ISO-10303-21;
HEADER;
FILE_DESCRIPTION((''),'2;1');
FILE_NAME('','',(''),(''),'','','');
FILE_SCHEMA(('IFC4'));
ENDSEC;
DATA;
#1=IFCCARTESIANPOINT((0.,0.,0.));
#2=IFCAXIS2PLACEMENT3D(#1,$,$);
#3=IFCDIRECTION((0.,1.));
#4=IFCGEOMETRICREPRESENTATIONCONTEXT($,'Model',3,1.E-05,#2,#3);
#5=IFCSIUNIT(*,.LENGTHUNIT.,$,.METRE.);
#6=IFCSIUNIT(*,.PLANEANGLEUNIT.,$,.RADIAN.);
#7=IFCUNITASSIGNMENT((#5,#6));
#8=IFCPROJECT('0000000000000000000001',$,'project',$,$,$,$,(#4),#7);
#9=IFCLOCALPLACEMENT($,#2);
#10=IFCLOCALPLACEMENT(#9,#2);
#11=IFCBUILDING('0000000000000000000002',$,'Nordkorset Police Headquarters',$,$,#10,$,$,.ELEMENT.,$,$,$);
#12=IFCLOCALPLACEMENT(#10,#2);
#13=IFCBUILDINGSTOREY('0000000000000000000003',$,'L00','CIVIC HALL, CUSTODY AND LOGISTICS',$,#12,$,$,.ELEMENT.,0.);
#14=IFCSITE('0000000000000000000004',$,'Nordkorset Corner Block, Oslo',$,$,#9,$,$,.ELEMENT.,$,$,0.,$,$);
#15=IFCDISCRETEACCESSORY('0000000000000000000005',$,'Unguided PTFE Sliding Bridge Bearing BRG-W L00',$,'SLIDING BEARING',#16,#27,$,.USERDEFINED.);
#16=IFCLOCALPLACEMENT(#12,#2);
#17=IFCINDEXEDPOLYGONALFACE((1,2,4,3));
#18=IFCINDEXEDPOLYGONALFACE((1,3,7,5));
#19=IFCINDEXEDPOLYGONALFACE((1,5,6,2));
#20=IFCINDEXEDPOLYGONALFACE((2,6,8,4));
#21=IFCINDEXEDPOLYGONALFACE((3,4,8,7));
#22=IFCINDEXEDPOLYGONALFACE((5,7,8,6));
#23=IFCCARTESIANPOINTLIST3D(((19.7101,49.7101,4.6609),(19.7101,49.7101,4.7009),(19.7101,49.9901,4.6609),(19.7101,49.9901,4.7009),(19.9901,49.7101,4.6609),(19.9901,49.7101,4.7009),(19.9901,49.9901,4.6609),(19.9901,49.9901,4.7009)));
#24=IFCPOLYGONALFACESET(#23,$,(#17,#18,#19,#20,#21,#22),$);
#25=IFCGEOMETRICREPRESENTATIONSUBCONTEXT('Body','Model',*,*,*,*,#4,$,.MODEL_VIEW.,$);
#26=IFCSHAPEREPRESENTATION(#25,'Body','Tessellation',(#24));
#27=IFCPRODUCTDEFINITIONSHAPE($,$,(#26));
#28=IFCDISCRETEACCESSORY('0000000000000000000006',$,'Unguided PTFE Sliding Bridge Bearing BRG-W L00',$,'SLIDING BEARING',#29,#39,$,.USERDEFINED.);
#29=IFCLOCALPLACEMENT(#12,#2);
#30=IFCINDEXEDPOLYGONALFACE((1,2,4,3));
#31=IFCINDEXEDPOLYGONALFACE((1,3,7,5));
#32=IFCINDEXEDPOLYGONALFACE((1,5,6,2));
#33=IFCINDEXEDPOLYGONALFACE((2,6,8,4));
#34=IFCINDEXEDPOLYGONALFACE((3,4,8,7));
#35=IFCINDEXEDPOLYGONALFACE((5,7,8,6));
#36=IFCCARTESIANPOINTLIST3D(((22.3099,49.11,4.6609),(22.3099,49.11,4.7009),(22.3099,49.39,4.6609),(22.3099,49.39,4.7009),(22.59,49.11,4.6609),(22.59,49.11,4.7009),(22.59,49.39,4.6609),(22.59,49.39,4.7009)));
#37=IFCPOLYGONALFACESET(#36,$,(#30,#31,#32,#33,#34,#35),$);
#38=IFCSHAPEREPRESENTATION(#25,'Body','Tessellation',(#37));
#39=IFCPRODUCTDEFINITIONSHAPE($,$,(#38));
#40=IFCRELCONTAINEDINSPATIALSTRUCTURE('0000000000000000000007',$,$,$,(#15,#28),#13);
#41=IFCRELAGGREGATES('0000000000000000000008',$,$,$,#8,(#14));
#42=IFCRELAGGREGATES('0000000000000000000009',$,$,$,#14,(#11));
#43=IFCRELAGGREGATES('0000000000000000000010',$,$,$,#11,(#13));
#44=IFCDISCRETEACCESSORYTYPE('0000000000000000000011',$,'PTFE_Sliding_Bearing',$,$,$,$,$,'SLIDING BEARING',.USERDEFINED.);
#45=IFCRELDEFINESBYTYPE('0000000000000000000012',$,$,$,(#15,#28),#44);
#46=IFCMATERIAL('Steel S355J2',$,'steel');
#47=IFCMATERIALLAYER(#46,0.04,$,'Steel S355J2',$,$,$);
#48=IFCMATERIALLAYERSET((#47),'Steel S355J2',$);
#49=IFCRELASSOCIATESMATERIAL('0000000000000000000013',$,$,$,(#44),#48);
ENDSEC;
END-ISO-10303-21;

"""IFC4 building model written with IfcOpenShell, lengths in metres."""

from ifc_helpers import new_model, si_unit, direction, frame, origin, origin_2d, place, context, subcontext, project, spatial, rectangle, extrude, material, layer, layer_set, type_object, element, save


model = new_model("IFC4")

# Units and contexts
model_context = context("Model", 3, precision=1e-05, world=origin(), true_north=direction((0.0, 1.0)))
body_context = subcontext(model_context, "Body", "Model", "MODEL_VIEW")
ifc_project = project(units=[si_unit("LENGTHUNIT", "METRE"), si_unit("PLANEANGLEUNIT", "RADIAN")], contexts=[model_context])

# Site, building, storey
site_placement = place(None, origin())
site = spatial("IfcSite", under=ifc_project, at=site_placement, Name="Nordkorset Corner Block, Oslo", CompositionType="ELEMENT", RefElevation=0.0)
building_placement = place(site_placement, origin())
building = spatial("IfcBuilding", under=site, at=building_placement, Name="Nordkorset Police Headquarters", CompositionType="ELEMENT")
storey_placement = place(building_placement, origin())
storey = spatial("IfcBuildingStorey", under=building, at=storey_placement, Name="L00", Description="CIVIC HALL, CUSTODY AND LOGISTICS", CompositionType="ELEMENT", Elevation=0.0)

# Discrete accessories
ifc_material_1 = material(Name="Steel S355J2", Category="steel")
ifc_layer_1 = layer(ifc_material_1, 0.04, Name="Steel S355J2")
ifc_layer_set_1 = layer_set([ifc_layer_1], Name="Steel S355J2")
discrete_accessory_type = type_object("IfcDiscreteAccessoryType", Name="PTFE_Sliding_Bearing", ElementType="SLIDING BEARING", PredefinedType="USERDEFINED", material=ifc_layer_set_1)
for number, where, z_axis, x_axis, name in (
    (1, (19.8501, 49.8501, 4.6609), (0.0, 0.0, 1.0), (1.0, 0.0, 0.0), "Unguided PTFE Sliding Bridge Bearing BRG-W L00"),
    (2, (22.45, 49.25, 4.6609), (0.0, 0.0, 1.0), (1.0, 0.0, 0.0), "Unguided PTFE Sliding Bridge Bearing BRG-W L00"),
):
    element("IfcDiscreteAccessory", number, at=place(storey_placement, frame(where, z_axis=z_axis, x_axis=x_axis)), inside=storey, type_object=discrete_accessory_type, Name=name, ObjectType="SLIDING BEARING", PredefinedType="USERDEFINED", context=body_context, shape_type="SweptSolid", body=[
        extrude(rectangle(XDim=0.28, YDim=0.28, at=origin_2d()), origin(), (0.0, 0.0, 1.0), 0.04),
    ])

save(model, "model.ifc")
